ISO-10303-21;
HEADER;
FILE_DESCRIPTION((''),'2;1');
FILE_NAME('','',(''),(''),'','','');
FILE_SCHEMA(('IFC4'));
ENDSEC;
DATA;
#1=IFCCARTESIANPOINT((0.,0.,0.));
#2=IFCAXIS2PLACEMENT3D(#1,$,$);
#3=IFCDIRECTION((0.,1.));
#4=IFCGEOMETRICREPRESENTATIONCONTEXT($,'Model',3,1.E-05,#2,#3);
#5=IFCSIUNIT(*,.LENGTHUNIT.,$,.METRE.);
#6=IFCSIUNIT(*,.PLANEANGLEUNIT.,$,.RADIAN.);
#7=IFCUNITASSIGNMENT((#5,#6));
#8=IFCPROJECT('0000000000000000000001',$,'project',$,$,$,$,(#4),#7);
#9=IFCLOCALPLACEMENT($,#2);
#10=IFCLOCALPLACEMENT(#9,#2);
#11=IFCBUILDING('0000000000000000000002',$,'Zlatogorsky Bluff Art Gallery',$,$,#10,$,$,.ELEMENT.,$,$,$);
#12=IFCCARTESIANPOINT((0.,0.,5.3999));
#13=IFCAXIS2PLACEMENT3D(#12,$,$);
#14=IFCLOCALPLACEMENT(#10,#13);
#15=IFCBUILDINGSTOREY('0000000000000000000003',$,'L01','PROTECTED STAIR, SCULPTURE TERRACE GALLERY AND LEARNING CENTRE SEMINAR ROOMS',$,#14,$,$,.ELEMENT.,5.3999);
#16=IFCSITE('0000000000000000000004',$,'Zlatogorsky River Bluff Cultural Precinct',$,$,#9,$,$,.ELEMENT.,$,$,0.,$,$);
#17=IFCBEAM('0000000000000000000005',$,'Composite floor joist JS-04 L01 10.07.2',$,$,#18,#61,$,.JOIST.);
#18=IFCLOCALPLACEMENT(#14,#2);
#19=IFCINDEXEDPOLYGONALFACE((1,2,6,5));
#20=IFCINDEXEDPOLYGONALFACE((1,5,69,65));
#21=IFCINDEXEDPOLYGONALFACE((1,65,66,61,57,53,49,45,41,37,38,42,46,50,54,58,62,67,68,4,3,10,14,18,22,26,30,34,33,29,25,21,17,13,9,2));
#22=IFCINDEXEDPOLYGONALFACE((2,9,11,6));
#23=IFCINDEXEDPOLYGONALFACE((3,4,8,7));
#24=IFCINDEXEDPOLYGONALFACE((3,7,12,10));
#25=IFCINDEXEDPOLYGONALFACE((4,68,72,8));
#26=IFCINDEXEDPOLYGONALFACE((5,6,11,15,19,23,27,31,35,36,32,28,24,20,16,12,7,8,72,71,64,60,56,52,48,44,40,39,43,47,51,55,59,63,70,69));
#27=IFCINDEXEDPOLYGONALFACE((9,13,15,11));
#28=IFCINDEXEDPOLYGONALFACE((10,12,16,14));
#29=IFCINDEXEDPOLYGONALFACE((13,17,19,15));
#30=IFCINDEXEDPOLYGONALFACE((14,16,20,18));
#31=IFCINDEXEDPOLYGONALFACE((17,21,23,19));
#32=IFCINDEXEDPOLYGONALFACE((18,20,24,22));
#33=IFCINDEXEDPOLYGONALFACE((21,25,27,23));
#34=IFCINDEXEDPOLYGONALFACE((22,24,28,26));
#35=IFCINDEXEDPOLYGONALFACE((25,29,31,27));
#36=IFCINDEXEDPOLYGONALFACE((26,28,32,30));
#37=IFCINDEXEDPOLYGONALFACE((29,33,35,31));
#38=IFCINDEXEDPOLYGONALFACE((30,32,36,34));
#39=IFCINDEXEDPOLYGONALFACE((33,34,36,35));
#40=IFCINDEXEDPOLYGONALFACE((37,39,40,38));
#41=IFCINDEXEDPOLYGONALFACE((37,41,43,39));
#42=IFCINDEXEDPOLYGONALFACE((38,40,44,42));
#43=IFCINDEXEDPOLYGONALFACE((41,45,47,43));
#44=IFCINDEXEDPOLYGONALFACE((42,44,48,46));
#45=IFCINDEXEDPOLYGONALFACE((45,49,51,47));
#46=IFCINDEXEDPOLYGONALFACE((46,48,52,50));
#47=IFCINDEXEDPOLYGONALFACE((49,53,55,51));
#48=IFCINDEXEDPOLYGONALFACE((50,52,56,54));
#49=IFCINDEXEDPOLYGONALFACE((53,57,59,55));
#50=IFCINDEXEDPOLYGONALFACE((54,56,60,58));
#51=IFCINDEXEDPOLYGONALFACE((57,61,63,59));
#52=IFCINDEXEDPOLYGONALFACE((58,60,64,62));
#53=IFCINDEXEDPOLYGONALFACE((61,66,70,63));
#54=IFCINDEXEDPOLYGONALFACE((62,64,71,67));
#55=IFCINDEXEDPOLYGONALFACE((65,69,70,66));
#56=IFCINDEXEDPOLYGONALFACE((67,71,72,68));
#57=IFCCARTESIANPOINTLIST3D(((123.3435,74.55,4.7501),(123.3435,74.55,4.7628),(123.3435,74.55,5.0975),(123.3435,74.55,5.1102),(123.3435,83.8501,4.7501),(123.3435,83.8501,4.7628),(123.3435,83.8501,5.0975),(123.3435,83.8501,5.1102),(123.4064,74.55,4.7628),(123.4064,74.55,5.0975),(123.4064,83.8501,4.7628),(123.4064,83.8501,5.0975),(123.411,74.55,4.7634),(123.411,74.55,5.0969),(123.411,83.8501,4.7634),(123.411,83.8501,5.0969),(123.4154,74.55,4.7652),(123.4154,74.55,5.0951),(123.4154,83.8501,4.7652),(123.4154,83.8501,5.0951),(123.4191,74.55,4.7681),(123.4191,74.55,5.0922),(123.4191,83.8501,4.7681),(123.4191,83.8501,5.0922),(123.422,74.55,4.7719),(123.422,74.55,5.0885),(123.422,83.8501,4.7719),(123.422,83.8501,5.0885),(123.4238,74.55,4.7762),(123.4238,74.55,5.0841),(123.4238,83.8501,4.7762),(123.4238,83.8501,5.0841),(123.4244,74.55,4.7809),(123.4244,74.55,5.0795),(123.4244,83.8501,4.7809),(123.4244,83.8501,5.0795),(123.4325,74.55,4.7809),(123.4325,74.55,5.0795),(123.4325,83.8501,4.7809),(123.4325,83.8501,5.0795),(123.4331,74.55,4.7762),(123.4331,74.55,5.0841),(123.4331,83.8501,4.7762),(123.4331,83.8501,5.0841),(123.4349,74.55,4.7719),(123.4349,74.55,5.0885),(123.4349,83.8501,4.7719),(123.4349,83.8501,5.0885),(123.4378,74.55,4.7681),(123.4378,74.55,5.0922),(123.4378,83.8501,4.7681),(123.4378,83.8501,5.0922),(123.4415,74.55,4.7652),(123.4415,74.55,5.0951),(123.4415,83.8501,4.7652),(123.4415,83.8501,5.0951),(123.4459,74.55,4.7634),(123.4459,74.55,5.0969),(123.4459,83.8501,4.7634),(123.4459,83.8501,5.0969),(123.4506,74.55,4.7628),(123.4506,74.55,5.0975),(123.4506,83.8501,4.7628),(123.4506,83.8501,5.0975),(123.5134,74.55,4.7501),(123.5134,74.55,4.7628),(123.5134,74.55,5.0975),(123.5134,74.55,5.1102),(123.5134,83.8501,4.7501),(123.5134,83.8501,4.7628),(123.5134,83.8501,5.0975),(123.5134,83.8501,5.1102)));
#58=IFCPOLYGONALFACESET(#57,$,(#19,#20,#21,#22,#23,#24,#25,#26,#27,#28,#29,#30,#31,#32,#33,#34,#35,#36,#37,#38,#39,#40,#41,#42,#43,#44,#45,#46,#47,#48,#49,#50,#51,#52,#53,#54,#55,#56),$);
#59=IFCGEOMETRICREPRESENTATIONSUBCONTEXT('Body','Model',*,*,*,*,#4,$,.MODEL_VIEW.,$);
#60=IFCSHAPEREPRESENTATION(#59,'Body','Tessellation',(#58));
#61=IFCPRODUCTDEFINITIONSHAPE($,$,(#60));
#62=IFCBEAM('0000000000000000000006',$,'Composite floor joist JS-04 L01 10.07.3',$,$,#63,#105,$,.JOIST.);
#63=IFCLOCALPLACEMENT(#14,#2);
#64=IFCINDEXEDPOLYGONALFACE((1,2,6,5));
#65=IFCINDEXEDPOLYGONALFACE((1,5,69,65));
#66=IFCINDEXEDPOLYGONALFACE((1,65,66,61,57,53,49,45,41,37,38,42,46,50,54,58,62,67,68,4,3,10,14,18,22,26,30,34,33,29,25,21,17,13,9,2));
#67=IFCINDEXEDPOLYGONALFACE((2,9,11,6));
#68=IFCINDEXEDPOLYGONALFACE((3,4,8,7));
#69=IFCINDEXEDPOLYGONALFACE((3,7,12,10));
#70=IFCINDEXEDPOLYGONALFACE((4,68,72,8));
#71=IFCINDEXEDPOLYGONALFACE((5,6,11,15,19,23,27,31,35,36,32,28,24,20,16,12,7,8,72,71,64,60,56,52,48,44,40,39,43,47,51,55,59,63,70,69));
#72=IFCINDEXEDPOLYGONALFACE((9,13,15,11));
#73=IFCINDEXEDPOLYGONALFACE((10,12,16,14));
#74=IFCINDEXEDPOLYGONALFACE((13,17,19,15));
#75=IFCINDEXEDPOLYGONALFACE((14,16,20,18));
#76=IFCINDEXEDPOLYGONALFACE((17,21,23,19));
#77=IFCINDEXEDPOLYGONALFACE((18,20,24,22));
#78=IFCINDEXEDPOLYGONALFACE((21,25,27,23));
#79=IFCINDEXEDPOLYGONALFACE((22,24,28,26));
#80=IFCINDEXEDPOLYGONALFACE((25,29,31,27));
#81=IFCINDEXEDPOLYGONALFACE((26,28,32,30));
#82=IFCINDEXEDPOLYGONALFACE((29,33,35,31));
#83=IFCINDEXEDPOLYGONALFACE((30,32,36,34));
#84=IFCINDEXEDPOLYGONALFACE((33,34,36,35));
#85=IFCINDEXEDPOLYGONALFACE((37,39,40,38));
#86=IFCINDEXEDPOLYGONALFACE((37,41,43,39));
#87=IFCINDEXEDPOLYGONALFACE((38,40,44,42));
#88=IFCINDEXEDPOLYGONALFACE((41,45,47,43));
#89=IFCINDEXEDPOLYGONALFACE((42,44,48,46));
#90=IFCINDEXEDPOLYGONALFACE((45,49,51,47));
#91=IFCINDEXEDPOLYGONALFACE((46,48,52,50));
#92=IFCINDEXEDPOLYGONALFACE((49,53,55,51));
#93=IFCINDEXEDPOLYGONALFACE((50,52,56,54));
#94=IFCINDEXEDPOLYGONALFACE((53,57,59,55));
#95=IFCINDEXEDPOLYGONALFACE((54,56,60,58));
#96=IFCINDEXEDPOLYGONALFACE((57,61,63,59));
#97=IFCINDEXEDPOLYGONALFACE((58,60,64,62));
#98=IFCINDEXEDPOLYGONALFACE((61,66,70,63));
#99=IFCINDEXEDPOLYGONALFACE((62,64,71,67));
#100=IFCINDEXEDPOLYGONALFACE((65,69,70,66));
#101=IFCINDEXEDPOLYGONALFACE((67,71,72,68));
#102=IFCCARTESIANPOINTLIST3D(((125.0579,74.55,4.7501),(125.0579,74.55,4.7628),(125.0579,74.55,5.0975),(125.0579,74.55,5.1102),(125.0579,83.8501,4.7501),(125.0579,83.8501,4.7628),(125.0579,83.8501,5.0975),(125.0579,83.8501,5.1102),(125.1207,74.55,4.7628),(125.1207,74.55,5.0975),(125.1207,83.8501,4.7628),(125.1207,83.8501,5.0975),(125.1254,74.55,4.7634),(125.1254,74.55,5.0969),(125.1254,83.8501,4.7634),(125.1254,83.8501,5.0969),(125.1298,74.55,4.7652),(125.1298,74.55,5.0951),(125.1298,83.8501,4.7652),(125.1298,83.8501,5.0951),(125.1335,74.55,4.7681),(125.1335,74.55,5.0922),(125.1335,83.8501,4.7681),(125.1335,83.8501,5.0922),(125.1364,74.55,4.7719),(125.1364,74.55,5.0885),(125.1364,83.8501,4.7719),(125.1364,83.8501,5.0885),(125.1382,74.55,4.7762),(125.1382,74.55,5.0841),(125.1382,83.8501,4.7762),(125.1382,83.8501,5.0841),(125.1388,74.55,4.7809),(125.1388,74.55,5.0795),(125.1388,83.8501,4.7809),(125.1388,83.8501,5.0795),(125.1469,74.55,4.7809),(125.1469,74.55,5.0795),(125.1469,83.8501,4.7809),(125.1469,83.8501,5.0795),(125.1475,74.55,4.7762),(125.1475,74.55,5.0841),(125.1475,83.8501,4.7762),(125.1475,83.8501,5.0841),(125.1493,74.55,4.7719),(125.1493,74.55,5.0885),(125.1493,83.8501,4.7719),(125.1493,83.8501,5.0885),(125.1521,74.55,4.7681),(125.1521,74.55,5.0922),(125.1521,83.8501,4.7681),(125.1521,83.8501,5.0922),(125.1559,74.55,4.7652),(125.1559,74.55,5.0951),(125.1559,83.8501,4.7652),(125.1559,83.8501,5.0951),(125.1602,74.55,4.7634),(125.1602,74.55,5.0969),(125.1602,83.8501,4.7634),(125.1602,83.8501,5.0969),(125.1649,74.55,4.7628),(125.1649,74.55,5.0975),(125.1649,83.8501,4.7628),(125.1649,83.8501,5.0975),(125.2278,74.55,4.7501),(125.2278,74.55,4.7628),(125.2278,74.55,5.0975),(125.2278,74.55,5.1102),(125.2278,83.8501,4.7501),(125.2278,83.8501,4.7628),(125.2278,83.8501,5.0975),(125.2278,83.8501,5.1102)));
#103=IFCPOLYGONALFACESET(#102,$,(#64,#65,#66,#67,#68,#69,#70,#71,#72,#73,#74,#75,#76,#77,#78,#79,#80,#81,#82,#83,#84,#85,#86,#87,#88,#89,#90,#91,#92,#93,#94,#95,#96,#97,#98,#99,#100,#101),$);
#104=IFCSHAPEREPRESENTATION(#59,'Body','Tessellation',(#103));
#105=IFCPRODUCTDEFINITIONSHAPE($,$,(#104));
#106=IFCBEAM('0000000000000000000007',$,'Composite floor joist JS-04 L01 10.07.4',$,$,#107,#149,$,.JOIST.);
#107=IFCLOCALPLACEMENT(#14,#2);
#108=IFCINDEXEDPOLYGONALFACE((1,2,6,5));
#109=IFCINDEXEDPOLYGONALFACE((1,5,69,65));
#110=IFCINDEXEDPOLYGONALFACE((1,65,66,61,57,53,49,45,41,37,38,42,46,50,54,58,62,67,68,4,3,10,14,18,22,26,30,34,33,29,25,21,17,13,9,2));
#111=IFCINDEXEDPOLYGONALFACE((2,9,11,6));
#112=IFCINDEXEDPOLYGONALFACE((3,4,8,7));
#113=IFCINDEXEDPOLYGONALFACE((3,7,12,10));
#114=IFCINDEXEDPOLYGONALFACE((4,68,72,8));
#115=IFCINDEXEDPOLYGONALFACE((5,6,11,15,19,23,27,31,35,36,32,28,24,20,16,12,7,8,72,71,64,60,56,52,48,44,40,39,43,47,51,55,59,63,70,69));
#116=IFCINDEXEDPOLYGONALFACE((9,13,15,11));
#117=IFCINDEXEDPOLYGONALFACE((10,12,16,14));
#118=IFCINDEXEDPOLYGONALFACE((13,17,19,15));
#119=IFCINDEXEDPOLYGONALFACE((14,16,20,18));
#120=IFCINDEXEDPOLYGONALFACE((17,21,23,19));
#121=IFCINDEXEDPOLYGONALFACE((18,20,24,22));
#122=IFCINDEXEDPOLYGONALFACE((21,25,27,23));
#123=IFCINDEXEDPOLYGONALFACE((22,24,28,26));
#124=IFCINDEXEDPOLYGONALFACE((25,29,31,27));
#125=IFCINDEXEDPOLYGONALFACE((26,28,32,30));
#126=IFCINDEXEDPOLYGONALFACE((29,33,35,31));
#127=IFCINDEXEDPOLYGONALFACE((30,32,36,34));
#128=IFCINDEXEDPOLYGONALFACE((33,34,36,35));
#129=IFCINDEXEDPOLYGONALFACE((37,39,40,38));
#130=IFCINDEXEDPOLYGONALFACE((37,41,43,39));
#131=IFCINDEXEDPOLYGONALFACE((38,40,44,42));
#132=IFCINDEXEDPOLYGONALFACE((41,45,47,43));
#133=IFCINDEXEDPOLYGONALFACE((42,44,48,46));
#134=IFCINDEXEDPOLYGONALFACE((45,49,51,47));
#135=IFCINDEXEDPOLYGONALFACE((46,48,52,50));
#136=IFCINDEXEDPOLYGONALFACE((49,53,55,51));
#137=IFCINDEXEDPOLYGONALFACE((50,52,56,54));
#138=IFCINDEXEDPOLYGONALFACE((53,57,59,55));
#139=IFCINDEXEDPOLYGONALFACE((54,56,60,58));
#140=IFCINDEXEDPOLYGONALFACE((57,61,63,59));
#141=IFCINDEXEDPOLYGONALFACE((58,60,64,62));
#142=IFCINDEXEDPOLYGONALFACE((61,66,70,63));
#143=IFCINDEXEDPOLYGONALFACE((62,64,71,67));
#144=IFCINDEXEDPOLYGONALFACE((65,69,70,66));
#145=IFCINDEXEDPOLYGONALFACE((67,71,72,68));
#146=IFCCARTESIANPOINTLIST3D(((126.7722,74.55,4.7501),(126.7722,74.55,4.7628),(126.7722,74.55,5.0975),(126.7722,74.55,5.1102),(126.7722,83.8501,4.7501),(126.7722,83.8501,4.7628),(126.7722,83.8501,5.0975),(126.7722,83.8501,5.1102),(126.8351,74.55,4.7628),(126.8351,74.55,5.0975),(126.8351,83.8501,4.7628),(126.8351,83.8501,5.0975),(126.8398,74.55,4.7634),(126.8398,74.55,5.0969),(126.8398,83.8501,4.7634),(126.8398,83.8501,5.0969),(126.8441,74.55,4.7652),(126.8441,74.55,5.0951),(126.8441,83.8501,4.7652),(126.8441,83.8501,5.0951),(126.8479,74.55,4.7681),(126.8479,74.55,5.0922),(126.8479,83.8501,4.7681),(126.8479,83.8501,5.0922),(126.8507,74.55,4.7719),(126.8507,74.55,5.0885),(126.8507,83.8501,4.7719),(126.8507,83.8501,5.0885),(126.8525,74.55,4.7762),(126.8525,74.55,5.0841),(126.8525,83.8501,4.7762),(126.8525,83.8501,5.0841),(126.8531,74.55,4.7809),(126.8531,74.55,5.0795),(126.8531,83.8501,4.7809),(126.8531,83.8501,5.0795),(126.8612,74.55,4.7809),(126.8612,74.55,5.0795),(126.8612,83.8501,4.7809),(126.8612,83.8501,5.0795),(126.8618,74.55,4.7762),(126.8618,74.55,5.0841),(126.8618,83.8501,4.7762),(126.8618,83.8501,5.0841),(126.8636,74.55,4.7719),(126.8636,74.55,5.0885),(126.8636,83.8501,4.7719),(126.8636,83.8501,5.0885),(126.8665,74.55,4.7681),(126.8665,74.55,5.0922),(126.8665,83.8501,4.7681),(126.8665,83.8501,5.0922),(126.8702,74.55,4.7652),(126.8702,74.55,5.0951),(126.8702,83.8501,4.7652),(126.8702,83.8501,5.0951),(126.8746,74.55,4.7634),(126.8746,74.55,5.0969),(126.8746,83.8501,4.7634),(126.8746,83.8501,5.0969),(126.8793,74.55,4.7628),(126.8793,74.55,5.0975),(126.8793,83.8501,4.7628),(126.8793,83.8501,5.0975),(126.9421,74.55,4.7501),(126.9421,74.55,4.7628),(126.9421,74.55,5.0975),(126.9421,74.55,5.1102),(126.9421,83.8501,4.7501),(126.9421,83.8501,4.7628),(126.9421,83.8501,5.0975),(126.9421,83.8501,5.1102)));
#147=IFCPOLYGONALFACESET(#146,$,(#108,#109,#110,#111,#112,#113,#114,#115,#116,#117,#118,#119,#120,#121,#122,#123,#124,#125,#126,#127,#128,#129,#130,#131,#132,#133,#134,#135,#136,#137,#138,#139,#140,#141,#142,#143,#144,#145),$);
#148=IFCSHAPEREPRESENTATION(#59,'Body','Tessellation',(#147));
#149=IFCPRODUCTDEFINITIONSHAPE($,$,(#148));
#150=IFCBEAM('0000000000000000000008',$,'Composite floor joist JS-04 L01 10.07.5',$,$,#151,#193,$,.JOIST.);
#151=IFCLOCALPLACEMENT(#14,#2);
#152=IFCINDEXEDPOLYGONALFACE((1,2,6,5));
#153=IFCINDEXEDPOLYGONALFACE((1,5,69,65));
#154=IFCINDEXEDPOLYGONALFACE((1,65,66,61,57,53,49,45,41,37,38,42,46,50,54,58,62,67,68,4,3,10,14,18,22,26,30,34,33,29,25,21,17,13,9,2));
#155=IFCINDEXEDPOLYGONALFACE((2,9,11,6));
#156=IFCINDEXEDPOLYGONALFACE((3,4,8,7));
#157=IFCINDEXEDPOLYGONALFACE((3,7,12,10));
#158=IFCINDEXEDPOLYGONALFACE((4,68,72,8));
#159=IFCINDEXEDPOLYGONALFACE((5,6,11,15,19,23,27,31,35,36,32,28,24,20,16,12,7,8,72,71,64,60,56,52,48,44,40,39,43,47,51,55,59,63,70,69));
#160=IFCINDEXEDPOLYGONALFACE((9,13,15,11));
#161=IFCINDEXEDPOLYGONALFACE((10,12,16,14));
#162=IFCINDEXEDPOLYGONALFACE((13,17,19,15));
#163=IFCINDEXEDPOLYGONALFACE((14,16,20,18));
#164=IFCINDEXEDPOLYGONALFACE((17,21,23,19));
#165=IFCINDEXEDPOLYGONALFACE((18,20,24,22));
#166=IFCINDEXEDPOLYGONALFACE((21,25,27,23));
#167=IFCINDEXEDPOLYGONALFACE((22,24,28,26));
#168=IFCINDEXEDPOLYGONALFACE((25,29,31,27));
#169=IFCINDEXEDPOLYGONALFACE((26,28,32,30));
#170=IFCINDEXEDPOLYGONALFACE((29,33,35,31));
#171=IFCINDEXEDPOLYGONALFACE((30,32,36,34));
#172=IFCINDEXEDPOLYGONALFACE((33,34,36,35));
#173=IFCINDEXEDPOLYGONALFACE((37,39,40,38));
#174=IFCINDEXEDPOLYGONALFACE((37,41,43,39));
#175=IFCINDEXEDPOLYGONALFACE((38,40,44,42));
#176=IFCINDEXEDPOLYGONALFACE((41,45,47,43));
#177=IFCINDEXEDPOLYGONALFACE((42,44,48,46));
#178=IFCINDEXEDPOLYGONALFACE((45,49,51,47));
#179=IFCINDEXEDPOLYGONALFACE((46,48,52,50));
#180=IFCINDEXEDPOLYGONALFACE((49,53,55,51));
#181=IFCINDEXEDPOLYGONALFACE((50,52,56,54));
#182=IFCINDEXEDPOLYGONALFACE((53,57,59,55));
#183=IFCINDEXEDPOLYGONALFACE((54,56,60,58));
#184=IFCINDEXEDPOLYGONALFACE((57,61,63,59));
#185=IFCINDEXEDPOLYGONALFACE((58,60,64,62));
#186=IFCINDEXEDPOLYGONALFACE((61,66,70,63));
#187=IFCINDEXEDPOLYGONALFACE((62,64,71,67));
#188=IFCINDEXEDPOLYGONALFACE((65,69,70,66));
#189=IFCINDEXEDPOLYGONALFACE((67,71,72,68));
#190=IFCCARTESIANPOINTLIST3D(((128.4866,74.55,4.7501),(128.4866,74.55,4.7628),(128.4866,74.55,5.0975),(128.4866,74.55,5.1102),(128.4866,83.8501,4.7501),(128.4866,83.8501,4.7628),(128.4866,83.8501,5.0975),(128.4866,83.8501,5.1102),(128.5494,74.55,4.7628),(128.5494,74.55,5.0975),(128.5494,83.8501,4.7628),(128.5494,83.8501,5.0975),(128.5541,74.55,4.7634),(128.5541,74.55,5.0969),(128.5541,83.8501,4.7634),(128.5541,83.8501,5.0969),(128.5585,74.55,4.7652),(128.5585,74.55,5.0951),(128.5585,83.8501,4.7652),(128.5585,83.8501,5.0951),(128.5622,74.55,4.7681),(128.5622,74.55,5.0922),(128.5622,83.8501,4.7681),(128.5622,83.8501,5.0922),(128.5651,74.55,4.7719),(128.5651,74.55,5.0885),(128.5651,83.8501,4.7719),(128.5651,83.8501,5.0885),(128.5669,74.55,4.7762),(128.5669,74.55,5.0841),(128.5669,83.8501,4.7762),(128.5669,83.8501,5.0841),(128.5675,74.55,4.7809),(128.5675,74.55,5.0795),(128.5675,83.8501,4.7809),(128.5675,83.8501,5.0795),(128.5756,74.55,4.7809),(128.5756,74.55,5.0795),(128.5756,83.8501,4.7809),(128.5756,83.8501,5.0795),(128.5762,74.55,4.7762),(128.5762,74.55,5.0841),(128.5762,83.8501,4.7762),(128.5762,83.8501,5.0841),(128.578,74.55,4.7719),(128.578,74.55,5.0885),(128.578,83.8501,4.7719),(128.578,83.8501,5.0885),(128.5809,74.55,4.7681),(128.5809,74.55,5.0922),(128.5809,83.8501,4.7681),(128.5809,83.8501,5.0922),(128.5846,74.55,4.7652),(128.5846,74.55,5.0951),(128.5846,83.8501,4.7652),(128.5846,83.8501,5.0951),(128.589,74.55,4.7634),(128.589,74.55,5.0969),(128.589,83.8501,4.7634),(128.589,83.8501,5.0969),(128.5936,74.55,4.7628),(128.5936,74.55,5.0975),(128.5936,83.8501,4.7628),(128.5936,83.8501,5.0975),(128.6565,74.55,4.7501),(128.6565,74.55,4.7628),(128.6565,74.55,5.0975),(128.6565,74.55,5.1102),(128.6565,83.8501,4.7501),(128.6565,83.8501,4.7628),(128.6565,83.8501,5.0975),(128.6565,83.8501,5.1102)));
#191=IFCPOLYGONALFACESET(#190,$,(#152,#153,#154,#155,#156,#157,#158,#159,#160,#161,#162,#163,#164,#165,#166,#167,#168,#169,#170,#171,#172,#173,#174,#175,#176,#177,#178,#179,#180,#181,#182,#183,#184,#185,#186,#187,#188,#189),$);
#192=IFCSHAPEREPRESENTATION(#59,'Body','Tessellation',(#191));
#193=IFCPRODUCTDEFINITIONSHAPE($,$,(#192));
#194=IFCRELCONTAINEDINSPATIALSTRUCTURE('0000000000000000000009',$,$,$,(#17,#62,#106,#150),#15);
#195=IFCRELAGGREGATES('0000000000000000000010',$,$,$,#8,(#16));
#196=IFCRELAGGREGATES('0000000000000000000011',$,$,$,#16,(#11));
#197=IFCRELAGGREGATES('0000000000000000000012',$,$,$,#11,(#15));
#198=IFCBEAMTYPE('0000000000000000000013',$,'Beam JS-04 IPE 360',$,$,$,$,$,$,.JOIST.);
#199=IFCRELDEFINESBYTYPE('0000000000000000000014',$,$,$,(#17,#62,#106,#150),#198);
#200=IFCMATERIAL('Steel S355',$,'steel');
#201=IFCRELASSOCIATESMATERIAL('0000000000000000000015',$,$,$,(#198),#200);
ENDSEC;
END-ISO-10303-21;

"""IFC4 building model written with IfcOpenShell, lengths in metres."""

from ifc_helpers import new_model, si_unit, direction, frame, origin, origin_2d, place, context, subcontext, project, spatial, i_section, extrude, material, material_profile, profile_set, type_object, element, save


model = new_model("IFC4")

# Units and contexts
model_context = context("Model", 3, precision=1e-05, world=origin(), true_north=direction((0.0, 1.0)))
body_context = subcontext(model_context, "Body", "Model", "MODEL_VIEW")
ifc_project = project(units=[si_unit("LENGTHUNIT", "METRE"), si_unit("PLANEANGLEUNIT", "RADIAN")], contexts=[model_context])

# Site, building, storey
site_placement = place(None, origin())
site = spatial("IfcSite", under=ifc_project, at=site_placement, Name="Zlatogorsky River Bluff Cultural Precinct", CompositionType="ELEMENT", RefElevation=0.0)
building_placement = place(site_placement, origin())
building = spatial("IfcBuilding", under=site, at=building_placement, Name="Zlatogorsky Bluff Art Gallery", CompositionType="ELEMENT")
storey_placement = place(building_placement, frame((0.0, 0.0, 5.3999)))
storey = spatial("IfcBuildingStorey", under=building, at=storey_placement, Name="L01", Description="PROTECTED STAIR, SCULPTURE TERRACE GALLERY AND LEARNING CENTRE SEMINAR ROOMS", CompositionType="ELEMENT", Elevation=5.3999)

# Shared definitions
ifc_material_1 = material(Name="Steel S355", Category="steel")

# Beams
ifc_material_profile_1 = material_profile(ifc_material_1, i_section(OverallWidth=0.1699, OverallDepth=0.3601, WebThickness=0.0081, FlangeThickness=0.0127, FilletRadius=0.0181, at=origin_2d()), Name="IPE 360")
ifc_profile_set_1 = profile_set([ifc_material_profile_1], Name="Steel S355")
beam_type_1 = type_object("IfcBeamType", Name="Beam JS-04 IPE 360", PredefinedType="JOIST", material=ifc_profile_set_1)
for number, where, z_axis, x_axis, name in (
    (1, (123.4285, 74.55, 4.9302), (0.0, 1.0, 0.0), (-1.0, 0.0, 0.0), "Composite floor joist JS-04 L01 10.07.2"),
    (2, (125.1428, 74.55, 4.9302), (0.0, 1.0, 0.0), (-1.0, 0.0, 0.0), "Composite floor joist JS-04 L01 10.07.3"),
    (3, (126.8572, 74.55, 4.9302), (0.0, 1.0, 0.0), (-1.0, 0.0, 0.0), "Composite floor joist JS-04 L01 10.07.4"),
    (4, (128.5715, 74.55, 4.9302), (0.0, 1.0, 0.0), (-1.0, 0.0, 0.0), "Composite floor joist JS-04 L01 10.07.5"),
):
    element("IfcBeam", number, at=place(storey_placement, frame(where, z_axis=z_axis, x_axis=x_axis)), inside=storey, type_object=beam_type_1, Name=name, PredefinedType="JOIST", context=body_context, shape_type="SweptSolid", body=[
        extrude(i_section(OverallWidth=0.1699, OverallDepth=0.3601, WebThickness=0.0081, FlangeThickness=0.0127, FilletRadius=0.0181, at=origin_2d()), origin(), (0.0, 0.0, 1.0), 9.3),
    ])

save(model, "model.ifc")
